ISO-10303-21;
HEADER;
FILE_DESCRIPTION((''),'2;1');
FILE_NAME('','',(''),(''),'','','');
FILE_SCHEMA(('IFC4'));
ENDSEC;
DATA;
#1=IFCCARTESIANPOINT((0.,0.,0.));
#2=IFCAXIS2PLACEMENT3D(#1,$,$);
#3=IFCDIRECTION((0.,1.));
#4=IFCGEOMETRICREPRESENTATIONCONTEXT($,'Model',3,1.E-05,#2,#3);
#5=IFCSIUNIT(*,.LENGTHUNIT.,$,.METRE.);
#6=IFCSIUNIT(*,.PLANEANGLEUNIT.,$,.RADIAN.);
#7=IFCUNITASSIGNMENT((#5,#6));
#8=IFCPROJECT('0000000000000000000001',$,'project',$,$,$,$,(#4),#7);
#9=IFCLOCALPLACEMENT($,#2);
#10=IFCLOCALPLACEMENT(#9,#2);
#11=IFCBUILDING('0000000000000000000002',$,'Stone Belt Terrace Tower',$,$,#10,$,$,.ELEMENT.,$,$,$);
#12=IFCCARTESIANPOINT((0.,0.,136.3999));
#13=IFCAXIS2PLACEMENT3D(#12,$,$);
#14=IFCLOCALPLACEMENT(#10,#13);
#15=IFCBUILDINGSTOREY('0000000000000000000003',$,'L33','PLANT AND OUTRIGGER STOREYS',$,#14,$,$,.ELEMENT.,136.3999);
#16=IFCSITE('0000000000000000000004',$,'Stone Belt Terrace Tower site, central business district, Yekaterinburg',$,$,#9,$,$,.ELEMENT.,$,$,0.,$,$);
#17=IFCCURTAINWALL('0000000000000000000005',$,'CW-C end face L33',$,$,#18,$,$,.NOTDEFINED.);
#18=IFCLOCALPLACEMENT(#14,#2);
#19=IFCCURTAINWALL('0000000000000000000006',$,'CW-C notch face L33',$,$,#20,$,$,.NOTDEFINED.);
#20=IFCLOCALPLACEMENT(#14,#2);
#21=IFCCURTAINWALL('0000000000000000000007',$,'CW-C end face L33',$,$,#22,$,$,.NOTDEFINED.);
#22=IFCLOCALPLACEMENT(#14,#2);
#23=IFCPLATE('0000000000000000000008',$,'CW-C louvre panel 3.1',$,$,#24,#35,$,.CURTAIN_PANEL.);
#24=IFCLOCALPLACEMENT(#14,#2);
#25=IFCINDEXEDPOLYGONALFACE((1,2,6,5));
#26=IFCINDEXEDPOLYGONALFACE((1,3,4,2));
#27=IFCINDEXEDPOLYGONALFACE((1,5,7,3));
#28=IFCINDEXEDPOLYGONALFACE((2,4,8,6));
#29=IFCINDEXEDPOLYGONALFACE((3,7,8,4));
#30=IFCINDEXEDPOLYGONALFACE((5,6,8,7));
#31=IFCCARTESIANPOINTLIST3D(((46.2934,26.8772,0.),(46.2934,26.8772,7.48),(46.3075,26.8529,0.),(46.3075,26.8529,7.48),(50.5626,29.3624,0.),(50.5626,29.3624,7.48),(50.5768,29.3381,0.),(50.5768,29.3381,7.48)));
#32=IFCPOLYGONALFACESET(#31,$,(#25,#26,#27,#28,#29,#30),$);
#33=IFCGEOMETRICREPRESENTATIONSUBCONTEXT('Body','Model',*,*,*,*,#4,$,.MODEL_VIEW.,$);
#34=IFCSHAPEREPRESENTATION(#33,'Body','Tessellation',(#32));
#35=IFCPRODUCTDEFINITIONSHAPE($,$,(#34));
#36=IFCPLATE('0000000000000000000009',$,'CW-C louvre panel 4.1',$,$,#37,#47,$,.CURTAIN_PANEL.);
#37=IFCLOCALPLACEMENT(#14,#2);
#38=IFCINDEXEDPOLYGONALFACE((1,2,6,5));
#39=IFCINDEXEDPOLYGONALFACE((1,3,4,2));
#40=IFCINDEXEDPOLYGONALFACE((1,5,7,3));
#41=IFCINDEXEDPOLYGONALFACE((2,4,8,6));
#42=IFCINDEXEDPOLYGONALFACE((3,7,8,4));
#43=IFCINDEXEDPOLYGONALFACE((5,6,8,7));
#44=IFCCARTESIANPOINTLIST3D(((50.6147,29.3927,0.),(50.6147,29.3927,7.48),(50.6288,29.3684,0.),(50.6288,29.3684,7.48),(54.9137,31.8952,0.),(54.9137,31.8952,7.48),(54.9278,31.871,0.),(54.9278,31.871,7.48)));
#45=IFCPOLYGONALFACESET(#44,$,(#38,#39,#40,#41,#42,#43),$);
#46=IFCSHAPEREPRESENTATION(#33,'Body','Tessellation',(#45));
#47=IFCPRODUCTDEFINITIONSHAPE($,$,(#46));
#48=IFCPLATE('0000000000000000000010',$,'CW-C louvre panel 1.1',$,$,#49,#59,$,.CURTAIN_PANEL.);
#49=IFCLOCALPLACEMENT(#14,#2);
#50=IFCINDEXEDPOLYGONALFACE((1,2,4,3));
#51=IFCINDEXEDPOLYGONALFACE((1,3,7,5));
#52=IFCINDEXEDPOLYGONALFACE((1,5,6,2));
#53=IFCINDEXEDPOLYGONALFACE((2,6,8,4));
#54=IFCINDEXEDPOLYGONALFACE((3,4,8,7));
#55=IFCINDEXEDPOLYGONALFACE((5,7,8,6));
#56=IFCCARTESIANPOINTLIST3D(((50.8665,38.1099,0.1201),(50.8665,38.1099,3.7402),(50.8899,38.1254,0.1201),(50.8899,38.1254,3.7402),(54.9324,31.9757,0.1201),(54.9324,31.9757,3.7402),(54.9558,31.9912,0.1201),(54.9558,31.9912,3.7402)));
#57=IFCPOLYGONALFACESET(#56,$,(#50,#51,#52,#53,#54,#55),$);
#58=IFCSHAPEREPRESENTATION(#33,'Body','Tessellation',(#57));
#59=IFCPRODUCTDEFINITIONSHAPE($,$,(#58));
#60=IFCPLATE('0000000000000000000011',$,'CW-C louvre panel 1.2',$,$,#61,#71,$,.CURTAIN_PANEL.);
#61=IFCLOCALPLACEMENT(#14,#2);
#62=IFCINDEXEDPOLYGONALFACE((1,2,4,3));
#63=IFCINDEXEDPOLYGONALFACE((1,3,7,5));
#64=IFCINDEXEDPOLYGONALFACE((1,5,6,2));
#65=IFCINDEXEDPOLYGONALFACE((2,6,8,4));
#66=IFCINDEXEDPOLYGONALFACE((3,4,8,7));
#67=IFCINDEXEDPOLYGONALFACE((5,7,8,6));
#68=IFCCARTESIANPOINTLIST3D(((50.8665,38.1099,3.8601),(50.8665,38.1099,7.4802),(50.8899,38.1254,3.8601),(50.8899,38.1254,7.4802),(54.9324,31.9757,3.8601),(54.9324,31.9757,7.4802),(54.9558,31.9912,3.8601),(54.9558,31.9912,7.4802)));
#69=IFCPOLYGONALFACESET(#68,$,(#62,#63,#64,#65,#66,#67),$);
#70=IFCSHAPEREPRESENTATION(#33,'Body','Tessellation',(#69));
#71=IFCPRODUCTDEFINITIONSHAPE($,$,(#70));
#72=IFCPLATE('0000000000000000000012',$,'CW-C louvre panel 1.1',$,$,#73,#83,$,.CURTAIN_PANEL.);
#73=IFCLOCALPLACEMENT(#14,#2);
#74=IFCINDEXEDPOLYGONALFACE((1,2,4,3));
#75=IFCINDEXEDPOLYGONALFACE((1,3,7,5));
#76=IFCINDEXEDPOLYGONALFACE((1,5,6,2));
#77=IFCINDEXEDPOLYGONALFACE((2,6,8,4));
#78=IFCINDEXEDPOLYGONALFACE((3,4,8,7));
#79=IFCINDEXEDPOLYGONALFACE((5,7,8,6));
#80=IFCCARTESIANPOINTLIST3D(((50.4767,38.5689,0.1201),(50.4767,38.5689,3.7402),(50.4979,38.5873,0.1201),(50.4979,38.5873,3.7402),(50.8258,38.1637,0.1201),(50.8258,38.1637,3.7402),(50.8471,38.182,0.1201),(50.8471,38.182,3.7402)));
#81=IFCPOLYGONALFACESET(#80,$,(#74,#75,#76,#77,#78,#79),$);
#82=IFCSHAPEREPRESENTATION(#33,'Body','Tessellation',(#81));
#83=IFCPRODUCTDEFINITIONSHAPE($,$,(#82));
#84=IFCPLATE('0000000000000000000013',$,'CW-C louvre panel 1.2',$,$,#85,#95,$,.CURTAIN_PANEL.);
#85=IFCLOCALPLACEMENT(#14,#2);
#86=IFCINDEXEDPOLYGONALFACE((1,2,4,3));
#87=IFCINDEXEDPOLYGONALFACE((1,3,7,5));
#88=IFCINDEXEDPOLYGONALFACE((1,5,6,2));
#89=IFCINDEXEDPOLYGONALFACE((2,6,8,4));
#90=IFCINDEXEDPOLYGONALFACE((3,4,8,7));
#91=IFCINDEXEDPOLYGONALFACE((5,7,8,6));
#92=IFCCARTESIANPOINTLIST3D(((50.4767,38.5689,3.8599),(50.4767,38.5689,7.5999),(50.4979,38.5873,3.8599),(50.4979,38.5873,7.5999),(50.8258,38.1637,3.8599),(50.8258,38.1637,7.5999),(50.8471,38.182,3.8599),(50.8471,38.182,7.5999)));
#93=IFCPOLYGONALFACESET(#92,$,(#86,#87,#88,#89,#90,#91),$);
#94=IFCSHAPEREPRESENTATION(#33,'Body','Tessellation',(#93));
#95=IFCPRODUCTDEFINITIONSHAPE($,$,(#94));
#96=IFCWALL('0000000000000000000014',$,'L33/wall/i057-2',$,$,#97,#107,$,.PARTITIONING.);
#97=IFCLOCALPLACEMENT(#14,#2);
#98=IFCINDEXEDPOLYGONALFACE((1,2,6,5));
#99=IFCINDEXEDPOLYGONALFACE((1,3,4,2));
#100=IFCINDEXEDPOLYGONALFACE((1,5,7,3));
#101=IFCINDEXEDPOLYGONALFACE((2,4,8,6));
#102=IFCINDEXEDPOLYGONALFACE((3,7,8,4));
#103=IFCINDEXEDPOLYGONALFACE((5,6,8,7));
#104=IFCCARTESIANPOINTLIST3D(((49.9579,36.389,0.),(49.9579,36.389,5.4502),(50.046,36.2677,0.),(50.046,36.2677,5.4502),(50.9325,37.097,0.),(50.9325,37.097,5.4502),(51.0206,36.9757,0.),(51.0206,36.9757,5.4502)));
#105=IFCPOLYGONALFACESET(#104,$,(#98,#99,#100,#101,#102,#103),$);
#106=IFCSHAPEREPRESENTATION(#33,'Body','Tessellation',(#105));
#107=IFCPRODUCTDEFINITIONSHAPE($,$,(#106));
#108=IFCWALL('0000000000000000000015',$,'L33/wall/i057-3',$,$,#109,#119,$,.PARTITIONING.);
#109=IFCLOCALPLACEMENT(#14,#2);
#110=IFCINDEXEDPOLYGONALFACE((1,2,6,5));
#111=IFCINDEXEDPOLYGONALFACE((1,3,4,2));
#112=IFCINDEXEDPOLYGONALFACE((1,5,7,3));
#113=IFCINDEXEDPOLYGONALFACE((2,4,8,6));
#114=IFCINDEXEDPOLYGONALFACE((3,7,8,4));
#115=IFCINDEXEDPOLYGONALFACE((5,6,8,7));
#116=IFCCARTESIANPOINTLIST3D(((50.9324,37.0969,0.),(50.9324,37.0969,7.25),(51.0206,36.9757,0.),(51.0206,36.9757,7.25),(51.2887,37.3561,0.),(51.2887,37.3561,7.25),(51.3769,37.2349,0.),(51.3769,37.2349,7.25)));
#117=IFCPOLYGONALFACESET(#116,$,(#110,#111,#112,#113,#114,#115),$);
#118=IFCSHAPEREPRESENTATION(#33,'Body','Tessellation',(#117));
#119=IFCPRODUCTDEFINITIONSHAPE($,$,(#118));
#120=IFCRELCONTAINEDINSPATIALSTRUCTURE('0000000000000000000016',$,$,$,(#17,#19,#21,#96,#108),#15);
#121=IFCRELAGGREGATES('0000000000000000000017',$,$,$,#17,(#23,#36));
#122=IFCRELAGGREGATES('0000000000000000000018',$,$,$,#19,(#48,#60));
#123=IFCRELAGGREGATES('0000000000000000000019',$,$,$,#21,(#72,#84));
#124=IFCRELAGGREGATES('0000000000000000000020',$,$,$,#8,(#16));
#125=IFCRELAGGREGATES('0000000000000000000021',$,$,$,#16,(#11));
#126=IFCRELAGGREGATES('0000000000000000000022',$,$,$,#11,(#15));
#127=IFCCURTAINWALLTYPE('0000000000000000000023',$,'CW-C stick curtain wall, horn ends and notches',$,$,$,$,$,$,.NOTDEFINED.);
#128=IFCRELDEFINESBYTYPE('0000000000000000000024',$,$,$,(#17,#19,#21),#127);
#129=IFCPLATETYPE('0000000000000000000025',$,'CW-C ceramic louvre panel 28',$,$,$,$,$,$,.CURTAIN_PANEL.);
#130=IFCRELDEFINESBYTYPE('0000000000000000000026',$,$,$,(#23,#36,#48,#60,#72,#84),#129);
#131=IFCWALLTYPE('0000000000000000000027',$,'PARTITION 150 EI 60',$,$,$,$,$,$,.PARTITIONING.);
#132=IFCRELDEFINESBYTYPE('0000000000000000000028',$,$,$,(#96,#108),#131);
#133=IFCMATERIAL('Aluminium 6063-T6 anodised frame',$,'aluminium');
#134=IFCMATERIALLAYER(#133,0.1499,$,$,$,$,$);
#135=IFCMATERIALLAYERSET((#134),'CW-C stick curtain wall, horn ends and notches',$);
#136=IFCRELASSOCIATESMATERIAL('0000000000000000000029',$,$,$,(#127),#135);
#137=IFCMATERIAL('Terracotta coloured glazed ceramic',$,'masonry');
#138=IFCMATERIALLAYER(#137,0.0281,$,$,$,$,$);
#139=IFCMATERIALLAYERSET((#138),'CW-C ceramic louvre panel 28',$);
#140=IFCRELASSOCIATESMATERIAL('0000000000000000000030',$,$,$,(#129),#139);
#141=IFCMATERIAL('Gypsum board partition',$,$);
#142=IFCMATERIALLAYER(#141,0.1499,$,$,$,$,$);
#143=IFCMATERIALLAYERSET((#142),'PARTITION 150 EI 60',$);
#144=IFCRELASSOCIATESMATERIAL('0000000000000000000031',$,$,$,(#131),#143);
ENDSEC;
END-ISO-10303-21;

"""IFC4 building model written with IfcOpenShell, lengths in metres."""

from ifc_helpers import new_model, si_unit, direction, frame, frame_2d, origin, origin_2d, place, context, subcontext, project, spatial, rectangle, extrude, material, layer, layer_set, type_object, element, aggregate, save


model = new_model("IFC4")

# Units and contexts
model_context = context("Model", 3, precision=1e-05, world=origin(), true_north=direction((0.0, 1.0)))
body_context = subcontext(model_context, "Body", "Model", "MODEL_VIEW")
ifc_project = project(units=[si_unit("LENGTHUNIT", "METRE"), si_unit("PLANEANGLEUNIT", "RADIAN")], contexts=[model_context])

# Site, building, storey
site_placement = place(None, origin())
site = spatial("IfcSite", under=ifc_project, at=site_placement, Name="Stone Belt Terrace Tower site, central business district, Yekaterinburg", CompositionType="ELEMENT", RefElevation=0.0)
building_placement = place(site_placement, origin())
building = spatial("IfcBuilding", under=site, at=building_placement, Name="Stone Belt Terrace Tower", CompositionType="ELEMENT")
storey_placement = place(building_placement, frame((0.0, 0.0, 136.3999)))
storey = spatial("IfcBuildingStorey", under=building, at=storey_placement, Name="L33", Description="PLANT AND OUTRIGGER STOREYS", CompositionType="ELEMENT", Elevation=136.3999)

# Curtain walls
ifc_material_1 = material(Name="Aluminium 6063-T6 anodised frame", Category="aluminium")
ifc_layer_1 = layer(ifc_material_1, 0.1499)
ifc_layer_set_1 = layer_set([ifc_layer_1], Name="CW-C stick curtain wall, horn ends and notches")
curtain_wall_type = type_object("IfcCurtainWallType", Name="CW-C stick curtain wall, horn ends and notches", PredefinedType="NOTDEFINED", material=ifc_layer_set_1)
curtain_wall_1_placement = place(storey_placement, origin())
curtain_wall_1 = element("IfcCurtainWall", 1, at=curtain_wall_1_placement, inside=storey, type_object=curtain_wall_type, Name="CW-C end face L33", PredefinedType="NOTDEFINED")
curtain_wall_2_placement = place(storey_placement, origin())
curtain_wall_2 = element("IfcCurtainWall", 2, at=curtain_wall_2_placement, inside=storey, type_object=curtain_wall_type, Name="CW-C notch face L33", PredefinedType="NOTDEFINED")
curtain_wall_3_placement = place(storey_placement, origin())
curtain_wall_3 = element("IfcCurtainWall", 3, at=curtain_wall_3_placement, inside=storey, type_object=curtain_wall_type, Name="CW-C end face L33", PredefinedType="NOTDEFINED")

# Plates
ifc_material_2 = material(Name="Terracotta coloured glazed ceramic", Category="masonry")
ifc_layer_2 = layer(ifc_material_2, 0.0281)
ifc_layer_set_2 = layer_set([ifc_layer_2], Name="CW-C ceramic louvre panel 28")
plate_type = type_object("IfcPlateType", Name="CW-C ceramic louvre panel 28", PredefinedType="CURTAIN_PANEL", material=ifc_layer_set_2)
plate_1_placement = place(storey_placement, frame((48.4351, 28.1077, 0.0), z_axis=(0.0, 0.0, 1.0), x_axis=(0.864239, 0.503081, 0.0)))
plate_1 = element("IfcPlate", 4, at=plate_1_placement, type_object=plate_type, Name="CW-C louvre panel 3.1", PredefinedType="CURTAIN_PANEL", context=body_context, shape_type="SweptSolid", body=[
    extrude(rectangle(XDim=4.9399, YDim=0.0281, at=origin_2d()), origin(), (0.0, 0.0, 1.0), 7.48),
])
plate_2_placement = place(storey_placement, frame((52.7712, 30.6318, 0.0), z_axis=(0.0, 0.0, 1.0), x_axis=(0.864239, 0.503081, 0.0)))
plate_2 = element("IfcPlate", 5, at=plate_2_placement, type_object=plate_type, Name="CW-C louvre panel 4.1", PredefinedType="CURTAIN_PANEL", context=body_context, shape_type="SweptSolid", body=[
    extrude(rectangle(XDim=4.9744, YDim=0.0281, at=origin_2d()), origin(), (0.0, 0.0, 1.0), 7.48),
])
aggregate(curtain_wall_1, [plate_1, plate_2])
plate_3_placement = place(storey_placement, frame((52.9111, 35.0505, 0.1201), z_axis=(0.0, 0.0, 1.0), x_axis=(-0.552484, 0.833523, 0.0)))
plate_3 = element("IfcPlate", 6, at=plate_3_placement, type_object=plate_type, Name="CW-C louvre panel 1.1", PredefinedType="CURTAIN_PANEL", context=body_context, shape_type="SweptSolid", body=[
    extrude(rectangle(XDim=7.3594, YDim=0.0281, at=origin_2d()), origin(), (0.0, 0.0, 1.0), 3.6201),
])
plate_4_placement = place(storey_placement, frame((52.9111, 35.0505, 3.8601), z_axis=(0.0, 0.0, 1.0), x_axis=(-0.552484, 0.833523, 0.0)))
plate_4 = element("IfcPlate", 7, at=plate_4_placement, type_object=plate_type, Name="CW-C louvre panel 1.2", PredefinedType="CURTAIN_PANEL", context=body_context, shape_type="SweptSolid", body=[
    extrude(rectangle(XDim=7.3594, YDim=0.0281, at=origin_2d()), origin(), (0.0, 0.0, 1.0), 3.6201),
])
aggregate(curtain_wall_2, [plate_3, plate_4])
plate_5_placement = place(storey_placement, frame((50.6619, 38.3755, 0.1201), z_axis=(0.0, 0.0, 1.0), x_axis=(-0.652738, 0.757584, 0.0)))
plate_5 = element("IfcPlate", 8, at=plate_5_placement, type_object=plate_type, Name="CW-C louvre panel 1.1", PredefinedType="CURTAIN_PANEL", context=body_context, shape_type="SweptSolid", body=[
    extrude(rectangle(XDim=0.5349, YDim=0.0281, at=origin_2d()), origin(), (0.0, 0.0, 1.0), 3.6201),
])
plate_6_placement = place(storey_placement, frame((50.6619, 38.3755, 3.8599), z_axis=(0.0, 0.0, 1.0), x_axis=(-0.652738, 0.757584, 0.0)))
plate_6 = element("IfcPlate", 9, at=plate_6_placement, type_object=plate_type, Name="CW-C louvre panel 1.2", PredefinedType="CURTAIN_PANEL", context=body_context, shape_type="SweptSolid", body=[
    extrude(rectangle(XDim=0.5349, YDim=0.0281, at=origin_2d()), origin(), (0.0, 0.0, 1.0), 3.74),
])
aggregate(curtain_wall_3, [plate_5, plate_6])

# Walls
ifc_material_3 = material(Name="Gypsum board partition")
ifc_layer_3 = layer(ifc_material_3, 0.1499)
ifc_layer_set_3 = layer_set([ifc_layer_3], Name="PARTITION 150 EI 60")
wall_type = type_object("IfcWallType", Name="PARTITION 150 EI 60", PredefinedType="PARTITIONING", material=ifc_layer_set_3)
wall_1_placement = place(storey_placement, frame((50.002, 36.3284, 0.0), z_axis=(0.0, 0.0, 1.0), x_axis=(0.809051, 0.587738, 0.0)))
element("IfcWall", 10, at=wall_1_placement, inside=storey, type_object=wall_type, Name="L33/wall/i057-2", PredefinedType="PARTITIONING", context=body_context, shape_type="SweptSolid", body=[
    extrude(rectangle(XDim=1.2046, YDim=0.1499, at=frame_2d((0.6023, 0.0))), origin(), (0.0, 0.0, 1.0), 5.4502),
])
wall_2_placement = place(storey_placement, frame((50.9766, 37.0364, 0.0), z_axis=(0.0, 0.0, 1.0), x_axis=(0.808688, 0.588238, 0.0)))
element("IfcWall", 11, at=wall_2_placement, inside=storey, type_object=wall_type, Name="L33/wall/i057-3", PredefinedType="PARTITIONING", context=body_context, shape_type="SweptSolid", body=[
    extrude(rectangle(XDim=0.4407, YDim=0.1499, at=frame_2d((0.2202, 0.0))), origin(), (0.0, 0.0, 1.0), 7.25),
])

save(model, "model.ifc")
